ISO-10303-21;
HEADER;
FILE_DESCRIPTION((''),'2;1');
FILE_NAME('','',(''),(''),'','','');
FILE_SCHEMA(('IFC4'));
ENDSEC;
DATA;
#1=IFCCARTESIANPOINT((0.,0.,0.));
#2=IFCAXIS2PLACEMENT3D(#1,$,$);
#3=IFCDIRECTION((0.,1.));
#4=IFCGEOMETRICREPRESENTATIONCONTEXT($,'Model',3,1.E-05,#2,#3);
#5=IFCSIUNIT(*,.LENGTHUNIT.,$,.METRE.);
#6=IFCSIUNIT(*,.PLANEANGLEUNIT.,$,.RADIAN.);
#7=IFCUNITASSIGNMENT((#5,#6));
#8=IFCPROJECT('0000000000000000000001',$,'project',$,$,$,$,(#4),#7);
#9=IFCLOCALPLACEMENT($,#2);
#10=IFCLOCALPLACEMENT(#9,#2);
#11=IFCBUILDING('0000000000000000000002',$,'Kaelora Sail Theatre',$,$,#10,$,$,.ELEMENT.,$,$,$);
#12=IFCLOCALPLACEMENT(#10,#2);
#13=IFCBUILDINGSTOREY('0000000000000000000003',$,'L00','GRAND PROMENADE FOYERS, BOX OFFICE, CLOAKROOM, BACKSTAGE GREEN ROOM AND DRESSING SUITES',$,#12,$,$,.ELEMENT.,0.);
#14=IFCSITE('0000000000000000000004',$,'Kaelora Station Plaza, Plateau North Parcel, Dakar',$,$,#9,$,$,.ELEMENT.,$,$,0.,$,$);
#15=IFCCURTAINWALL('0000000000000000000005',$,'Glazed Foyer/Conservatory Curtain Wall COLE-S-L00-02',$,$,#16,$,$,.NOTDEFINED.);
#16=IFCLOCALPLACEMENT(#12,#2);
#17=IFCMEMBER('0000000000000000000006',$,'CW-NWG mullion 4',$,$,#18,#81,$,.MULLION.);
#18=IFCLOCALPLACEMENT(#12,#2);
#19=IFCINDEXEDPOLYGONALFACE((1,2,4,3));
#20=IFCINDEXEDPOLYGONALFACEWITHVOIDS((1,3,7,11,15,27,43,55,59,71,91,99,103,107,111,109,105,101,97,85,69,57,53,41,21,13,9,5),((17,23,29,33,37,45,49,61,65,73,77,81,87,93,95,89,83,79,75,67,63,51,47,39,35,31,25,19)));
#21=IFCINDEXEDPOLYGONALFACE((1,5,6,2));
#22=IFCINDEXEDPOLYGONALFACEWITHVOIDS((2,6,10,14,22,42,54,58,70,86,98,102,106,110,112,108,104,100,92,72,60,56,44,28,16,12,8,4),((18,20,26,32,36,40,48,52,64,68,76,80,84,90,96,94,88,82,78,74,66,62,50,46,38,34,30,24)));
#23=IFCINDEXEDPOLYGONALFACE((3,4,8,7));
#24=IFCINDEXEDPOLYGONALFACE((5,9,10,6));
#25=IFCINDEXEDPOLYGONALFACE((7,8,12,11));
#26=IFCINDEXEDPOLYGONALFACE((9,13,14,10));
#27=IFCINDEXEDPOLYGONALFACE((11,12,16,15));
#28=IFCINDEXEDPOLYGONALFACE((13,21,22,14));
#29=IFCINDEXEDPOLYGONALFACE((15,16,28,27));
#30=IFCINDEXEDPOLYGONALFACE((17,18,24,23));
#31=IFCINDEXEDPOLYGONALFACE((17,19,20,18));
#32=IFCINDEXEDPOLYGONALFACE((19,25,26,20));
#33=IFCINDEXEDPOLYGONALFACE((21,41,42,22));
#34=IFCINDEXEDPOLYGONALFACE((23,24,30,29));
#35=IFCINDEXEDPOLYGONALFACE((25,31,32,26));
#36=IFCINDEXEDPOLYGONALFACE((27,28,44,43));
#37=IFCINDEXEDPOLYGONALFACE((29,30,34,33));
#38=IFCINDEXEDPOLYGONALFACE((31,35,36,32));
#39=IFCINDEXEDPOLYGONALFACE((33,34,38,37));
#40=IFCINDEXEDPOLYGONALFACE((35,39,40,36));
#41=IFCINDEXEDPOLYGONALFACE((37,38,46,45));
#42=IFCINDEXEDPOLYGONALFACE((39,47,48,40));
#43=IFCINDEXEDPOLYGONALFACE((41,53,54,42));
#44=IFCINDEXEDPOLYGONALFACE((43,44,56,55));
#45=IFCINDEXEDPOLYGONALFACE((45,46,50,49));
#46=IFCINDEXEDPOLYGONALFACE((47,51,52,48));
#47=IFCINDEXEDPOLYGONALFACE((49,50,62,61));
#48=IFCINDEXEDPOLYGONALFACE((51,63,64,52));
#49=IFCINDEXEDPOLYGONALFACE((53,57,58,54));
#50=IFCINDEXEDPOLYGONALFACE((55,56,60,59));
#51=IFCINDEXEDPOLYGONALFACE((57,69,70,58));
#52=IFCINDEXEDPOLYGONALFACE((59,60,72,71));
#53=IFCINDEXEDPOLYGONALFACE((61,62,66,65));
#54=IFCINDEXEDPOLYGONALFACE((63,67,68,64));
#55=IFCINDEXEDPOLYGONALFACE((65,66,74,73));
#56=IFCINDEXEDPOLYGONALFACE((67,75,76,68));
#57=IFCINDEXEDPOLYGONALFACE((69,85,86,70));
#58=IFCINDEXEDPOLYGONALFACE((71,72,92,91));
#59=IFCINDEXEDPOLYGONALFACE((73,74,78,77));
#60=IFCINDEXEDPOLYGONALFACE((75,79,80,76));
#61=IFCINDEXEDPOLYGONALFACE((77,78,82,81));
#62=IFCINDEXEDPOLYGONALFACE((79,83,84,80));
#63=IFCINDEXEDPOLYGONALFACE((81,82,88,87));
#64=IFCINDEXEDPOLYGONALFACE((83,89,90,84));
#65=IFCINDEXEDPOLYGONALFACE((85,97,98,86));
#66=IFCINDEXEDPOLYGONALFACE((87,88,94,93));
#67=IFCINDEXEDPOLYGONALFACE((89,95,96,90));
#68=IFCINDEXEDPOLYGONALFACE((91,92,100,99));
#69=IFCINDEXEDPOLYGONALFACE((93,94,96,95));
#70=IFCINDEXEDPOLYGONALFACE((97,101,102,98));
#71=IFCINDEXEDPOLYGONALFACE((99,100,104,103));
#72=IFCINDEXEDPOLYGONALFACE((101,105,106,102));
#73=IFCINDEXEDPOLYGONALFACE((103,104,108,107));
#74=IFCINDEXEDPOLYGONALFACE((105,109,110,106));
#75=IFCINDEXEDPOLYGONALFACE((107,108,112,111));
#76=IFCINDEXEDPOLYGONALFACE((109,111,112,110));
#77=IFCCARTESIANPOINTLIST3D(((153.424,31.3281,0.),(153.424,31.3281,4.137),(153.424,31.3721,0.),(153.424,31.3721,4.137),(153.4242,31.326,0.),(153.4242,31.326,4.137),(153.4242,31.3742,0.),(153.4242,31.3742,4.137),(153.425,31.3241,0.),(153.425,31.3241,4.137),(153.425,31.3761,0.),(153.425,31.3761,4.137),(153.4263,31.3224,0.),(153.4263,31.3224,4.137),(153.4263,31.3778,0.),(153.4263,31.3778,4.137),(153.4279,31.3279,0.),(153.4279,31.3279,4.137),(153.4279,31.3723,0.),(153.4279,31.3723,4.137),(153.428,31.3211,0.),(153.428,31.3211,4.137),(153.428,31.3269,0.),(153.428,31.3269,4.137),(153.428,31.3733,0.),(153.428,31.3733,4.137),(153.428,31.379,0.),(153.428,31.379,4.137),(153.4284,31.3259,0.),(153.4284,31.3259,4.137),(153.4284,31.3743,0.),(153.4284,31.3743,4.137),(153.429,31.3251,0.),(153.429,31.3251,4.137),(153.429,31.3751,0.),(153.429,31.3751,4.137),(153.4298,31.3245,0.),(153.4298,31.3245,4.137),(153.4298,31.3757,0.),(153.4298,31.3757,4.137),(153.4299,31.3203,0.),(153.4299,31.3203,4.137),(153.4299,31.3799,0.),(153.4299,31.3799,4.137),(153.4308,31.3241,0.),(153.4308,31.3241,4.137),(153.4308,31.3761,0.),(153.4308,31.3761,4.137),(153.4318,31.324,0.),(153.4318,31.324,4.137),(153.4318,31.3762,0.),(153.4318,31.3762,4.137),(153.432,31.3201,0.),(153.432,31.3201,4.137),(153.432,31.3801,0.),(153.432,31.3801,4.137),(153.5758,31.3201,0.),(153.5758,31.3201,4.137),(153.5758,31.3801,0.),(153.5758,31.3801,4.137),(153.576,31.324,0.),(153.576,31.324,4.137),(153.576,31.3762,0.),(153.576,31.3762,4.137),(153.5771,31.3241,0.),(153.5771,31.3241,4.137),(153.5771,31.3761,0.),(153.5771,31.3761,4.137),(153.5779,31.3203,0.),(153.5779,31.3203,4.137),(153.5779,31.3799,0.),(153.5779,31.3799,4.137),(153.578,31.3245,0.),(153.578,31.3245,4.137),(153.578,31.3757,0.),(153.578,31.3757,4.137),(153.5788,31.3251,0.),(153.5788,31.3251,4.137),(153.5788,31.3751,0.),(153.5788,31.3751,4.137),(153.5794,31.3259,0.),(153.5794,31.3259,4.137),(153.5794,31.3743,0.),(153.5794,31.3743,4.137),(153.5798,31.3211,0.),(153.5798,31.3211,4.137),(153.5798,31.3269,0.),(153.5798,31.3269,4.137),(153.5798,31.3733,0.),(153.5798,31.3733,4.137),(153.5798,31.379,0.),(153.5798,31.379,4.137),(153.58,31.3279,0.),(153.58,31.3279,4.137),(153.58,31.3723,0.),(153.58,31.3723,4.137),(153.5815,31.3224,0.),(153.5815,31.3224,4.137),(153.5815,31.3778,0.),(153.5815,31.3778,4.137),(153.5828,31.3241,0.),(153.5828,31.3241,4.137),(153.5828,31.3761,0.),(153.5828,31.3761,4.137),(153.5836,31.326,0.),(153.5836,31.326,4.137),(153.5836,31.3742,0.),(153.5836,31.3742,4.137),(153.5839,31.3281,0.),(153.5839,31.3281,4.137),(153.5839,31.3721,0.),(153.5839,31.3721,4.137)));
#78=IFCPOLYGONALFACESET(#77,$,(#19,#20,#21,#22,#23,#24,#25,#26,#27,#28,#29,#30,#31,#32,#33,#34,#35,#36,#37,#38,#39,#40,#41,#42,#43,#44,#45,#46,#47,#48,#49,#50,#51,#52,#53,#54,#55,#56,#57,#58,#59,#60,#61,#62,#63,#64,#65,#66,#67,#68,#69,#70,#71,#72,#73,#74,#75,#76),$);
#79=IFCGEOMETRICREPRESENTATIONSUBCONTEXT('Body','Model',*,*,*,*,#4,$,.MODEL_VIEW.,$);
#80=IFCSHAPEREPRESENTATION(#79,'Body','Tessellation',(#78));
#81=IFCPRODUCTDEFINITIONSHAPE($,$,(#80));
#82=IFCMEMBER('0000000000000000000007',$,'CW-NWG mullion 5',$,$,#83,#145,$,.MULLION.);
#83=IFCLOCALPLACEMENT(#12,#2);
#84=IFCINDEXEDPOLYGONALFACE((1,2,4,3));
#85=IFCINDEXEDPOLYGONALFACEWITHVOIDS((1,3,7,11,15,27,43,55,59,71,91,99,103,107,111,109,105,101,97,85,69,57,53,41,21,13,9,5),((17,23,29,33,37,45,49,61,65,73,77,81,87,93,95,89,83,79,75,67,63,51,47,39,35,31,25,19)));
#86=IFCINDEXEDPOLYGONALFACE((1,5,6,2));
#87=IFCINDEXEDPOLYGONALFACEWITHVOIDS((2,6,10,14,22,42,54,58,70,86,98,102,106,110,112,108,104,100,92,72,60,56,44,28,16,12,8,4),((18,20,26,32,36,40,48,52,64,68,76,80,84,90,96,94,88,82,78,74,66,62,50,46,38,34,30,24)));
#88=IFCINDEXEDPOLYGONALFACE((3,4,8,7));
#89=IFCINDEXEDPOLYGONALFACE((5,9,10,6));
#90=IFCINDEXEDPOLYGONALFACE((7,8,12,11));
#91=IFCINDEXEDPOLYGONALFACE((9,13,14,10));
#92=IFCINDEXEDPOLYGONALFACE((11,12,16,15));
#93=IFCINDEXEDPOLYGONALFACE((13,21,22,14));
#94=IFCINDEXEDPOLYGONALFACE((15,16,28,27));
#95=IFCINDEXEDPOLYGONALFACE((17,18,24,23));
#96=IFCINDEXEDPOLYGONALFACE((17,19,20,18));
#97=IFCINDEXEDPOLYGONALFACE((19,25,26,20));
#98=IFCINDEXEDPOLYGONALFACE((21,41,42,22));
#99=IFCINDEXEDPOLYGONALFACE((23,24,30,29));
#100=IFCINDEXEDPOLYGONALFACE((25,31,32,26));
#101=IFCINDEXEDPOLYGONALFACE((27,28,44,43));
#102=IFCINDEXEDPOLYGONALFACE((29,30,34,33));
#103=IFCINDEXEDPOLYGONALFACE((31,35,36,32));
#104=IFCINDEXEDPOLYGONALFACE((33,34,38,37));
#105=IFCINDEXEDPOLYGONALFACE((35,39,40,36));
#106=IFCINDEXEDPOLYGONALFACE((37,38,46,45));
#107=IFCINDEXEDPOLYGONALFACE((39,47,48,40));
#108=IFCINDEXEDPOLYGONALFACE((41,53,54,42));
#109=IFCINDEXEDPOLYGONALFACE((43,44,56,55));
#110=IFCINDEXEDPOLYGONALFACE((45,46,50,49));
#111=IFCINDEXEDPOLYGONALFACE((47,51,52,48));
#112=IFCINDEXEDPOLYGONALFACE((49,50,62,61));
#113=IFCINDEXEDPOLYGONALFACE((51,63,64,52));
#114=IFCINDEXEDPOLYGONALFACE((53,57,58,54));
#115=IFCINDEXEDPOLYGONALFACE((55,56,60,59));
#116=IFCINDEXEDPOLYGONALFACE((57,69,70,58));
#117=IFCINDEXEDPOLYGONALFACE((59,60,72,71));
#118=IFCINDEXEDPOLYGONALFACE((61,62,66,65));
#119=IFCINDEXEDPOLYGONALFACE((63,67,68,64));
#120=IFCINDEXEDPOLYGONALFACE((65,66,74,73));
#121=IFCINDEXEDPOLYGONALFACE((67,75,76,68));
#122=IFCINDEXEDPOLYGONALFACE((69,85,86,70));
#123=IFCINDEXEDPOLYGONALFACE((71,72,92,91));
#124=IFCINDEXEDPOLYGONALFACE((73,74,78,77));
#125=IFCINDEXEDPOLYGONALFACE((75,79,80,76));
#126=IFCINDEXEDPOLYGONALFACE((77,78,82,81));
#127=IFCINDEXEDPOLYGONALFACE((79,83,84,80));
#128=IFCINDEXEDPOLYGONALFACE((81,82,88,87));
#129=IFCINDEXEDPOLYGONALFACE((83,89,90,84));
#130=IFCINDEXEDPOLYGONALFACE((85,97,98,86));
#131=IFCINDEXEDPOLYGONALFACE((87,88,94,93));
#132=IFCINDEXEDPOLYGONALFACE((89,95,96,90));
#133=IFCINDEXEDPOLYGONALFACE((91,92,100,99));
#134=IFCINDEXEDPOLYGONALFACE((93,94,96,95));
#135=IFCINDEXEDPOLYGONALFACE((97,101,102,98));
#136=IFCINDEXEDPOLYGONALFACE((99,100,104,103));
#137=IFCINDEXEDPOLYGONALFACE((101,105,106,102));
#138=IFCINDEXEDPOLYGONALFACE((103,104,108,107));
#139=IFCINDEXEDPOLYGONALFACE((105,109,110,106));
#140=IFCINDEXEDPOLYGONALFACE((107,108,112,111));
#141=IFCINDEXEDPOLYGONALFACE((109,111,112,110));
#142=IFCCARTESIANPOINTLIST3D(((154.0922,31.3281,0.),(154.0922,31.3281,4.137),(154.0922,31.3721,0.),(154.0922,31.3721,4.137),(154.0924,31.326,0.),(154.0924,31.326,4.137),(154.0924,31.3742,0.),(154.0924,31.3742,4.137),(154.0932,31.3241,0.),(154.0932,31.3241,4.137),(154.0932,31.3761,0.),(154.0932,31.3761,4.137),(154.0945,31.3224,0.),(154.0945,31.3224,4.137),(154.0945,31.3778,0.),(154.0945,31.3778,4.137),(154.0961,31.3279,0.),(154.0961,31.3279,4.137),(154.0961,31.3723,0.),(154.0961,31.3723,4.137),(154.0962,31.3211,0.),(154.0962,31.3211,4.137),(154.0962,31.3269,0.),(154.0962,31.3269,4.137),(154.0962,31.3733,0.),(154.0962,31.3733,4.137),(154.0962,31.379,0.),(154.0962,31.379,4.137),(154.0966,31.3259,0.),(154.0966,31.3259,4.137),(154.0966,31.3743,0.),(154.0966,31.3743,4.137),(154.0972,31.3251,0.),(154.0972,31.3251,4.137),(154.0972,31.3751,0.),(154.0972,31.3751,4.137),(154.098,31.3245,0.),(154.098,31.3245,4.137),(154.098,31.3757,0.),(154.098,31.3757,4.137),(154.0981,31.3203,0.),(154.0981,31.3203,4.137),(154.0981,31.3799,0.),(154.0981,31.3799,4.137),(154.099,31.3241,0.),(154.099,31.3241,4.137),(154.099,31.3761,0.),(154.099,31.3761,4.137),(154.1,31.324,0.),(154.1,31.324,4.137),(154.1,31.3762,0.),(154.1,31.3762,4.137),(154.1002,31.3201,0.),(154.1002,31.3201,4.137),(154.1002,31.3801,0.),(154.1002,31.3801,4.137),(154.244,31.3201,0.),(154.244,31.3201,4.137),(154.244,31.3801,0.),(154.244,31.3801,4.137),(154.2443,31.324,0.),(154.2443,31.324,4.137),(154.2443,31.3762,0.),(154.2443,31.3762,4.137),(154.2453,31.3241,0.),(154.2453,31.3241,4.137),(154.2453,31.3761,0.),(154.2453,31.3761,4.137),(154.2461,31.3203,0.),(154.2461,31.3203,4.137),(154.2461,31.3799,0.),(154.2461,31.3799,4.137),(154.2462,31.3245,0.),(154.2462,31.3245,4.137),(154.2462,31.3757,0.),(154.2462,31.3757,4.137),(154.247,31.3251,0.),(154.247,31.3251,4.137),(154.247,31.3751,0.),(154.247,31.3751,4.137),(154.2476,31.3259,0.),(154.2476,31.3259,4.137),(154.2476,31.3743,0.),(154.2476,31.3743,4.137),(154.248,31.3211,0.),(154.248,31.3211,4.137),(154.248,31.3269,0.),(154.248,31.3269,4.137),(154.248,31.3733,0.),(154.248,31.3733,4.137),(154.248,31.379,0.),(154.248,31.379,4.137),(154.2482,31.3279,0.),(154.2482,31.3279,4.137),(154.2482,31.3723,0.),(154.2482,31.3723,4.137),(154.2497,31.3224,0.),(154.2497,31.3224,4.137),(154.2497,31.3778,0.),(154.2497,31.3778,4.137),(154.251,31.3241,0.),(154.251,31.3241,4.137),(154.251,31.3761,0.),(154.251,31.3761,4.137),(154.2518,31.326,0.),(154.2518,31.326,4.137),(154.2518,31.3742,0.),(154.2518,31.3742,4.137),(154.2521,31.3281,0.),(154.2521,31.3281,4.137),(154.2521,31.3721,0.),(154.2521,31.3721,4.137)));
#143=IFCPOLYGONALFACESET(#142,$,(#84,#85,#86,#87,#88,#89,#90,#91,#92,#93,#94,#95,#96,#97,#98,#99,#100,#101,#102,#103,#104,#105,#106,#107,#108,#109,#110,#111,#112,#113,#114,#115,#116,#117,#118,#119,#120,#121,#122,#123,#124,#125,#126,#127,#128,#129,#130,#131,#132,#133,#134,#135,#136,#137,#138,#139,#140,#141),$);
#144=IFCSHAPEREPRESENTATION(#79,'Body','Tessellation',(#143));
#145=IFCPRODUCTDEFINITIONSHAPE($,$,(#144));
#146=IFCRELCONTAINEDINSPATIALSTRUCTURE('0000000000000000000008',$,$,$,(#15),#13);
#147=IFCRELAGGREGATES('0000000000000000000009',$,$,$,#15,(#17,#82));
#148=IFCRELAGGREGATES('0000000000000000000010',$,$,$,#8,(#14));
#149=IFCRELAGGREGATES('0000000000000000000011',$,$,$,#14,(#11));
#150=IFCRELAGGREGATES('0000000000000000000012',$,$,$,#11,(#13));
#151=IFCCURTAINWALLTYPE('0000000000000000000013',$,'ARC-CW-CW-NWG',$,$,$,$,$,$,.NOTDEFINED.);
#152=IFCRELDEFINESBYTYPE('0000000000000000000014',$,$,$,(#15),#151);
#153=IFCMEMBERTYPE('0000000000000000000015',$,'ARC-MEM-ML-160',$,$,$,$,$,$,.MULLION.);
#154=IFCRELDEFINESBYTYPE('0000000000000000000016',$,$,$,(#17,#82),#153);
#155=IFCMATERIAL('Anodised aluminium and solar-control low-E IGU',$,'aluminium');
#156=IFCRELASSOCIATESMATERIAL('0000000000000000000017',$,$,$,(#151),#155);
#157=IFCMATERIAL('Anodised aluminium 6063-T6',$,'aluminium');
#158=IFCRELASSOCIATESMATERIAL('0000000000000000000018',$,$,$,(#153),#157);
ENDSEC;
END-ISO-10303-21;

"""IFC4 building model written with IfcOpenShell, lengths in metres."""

from ifc_helpers import new_model, si_unit, direction, frame, origin, origin_2d, place, context, subcontext, project, spatial, hollow_rectangle, extrude, material, material_profile, profile_set, type_object, element, aggregate, save


model = new_model("IFC4")

# Units and contexts
model_context = context("Model", 3, precision=1e-05, world=origin(), true_north=direction((0.0, 1.0)))
body_context = subcontext(model_context, "Body", "Model", "MODEL_VIEW")
ifc_project = project(units=[si_unit("LENGTHUNIT", "METRE"), si_unit("PLANEANGLEUNIT", "RADIAN")], contexts=[model_context])

# Site, building, storey
site_placement = place(None, origin())
site = spatial("IfcSite", under=ifc_project, at=site_placement, Name="Kaelora Station Plaza, Plateau North Parcel, Dakar", CompositionType="ELEMENT", RefElevation=0.0)
building_placement = place(site_placement, origin())
building = spatial("IfcBuilding", under=site, at=building_placement, Name="Kaelora Sail Theatre", CompositionType="ELEMENT")
storey_placement = place(building_placement, origin())
storey = spatial("IfcBuildingStorey", under=building, at=storey_placement, Name="L00", Description="GRAND PROMENADE FOYERS, BOX OFFICE, CLOAKROOM, BACKSTAGE GREEN ROOM AND DRESSING SUITES", CompositionType="ELEMENT", Elevation=0.0)

# Curtain wall, members
ifc_material_1 = material(Name="Anodised aluminium and solar-control low-E IGU", Category="aluminium")
curtain_wall_type = type_object("IfcCurtainWallType", Name="ARC-CW-CW-NWG", PredefinedType="NOTDEFINED", material=ifc_material_1)
curtain_wall_placement = place(storey_placement, origin())
curtain_wall = element("IfcCurtainWall", 1, at=curtain_wall_placement, inside=storey, type_object=curtain_wall_type, Name="Glazed Foyer/Conservatory Curtain Wall COLE-S-L00-02", PredefinedType="NOTDEFINED")
ifc_material_2 = material(Name="Anodised aluminium 6063-T6", Category="aluminium")
ifc_material_profile_1 = material_profile(ifc_material_2, hollow_rectangle(XDim=0.0601, YDim=0.1599, WallThickness=0.0039, InnerFilletRadius=0.0039, OuterFilletRadius=0.0081, at=origin_2d()), Name="ALU-MULL 60x160x4")
ifc_profile_set_1 = profile_set([ifc_material_profile_1], Name="Anodised aluminium 6063-T6")
member_type_1 = type_object("IfcMemberType", Name="ARC-MEM-ML-160", PredefinedType="MULLION", material=ifc_profile_set_1)
member_1_placement = place(storey_placement, frame((153.5039, 31.3501, 0.0), z_axis=(0.0, 0.0, 1.0), x_axis=(0.0, 1.0, 0.0)))
member_1 = element("IfcMember", 2, at=member_1_placement, type_object=member_type_1, Name="CW-NWG mullion 4", PredefinedType="MULLION", context=body_context, shape_type="SweptSolid", body=[
    extrude(hollow_rectangle(XDim=0.0601, YDim=0.1599, WallThickness=0.0039, InnerFilletRadius=0.0039, OuterFilletRadius=0.0081, at=origin_2d()), origin(), (0.0, 0.0, 1.0), 4.137),
])
member_2_placement = place(storey_placement, frame((154.1721, 31.3501, 0.0), z_axis=(0.0, 0.0, 1.0), x_axis=(0.0, 1.0, 0.0)))
member_2 = element("IfcMember", 3, at=member_2_placement, type_object=member_type_1, Name="CW-NWG mullion 5", PredefinedType="MULLION", context=body_context, shape_type="SweptSolid", body=[
    extrude(hollow_rectangle(XDim=0.0601, YDim=0.1599, WallThickness=0.0039, InnerFilletRadius=0.0039, OuterFilletRadius=0.0081, at=origin_2d()), origin(), (0.0, 0.0, 1.0), 4.137),
])
aggregate(curtain_wall, [member_1, member_2])

save(model, "model.ifc")
